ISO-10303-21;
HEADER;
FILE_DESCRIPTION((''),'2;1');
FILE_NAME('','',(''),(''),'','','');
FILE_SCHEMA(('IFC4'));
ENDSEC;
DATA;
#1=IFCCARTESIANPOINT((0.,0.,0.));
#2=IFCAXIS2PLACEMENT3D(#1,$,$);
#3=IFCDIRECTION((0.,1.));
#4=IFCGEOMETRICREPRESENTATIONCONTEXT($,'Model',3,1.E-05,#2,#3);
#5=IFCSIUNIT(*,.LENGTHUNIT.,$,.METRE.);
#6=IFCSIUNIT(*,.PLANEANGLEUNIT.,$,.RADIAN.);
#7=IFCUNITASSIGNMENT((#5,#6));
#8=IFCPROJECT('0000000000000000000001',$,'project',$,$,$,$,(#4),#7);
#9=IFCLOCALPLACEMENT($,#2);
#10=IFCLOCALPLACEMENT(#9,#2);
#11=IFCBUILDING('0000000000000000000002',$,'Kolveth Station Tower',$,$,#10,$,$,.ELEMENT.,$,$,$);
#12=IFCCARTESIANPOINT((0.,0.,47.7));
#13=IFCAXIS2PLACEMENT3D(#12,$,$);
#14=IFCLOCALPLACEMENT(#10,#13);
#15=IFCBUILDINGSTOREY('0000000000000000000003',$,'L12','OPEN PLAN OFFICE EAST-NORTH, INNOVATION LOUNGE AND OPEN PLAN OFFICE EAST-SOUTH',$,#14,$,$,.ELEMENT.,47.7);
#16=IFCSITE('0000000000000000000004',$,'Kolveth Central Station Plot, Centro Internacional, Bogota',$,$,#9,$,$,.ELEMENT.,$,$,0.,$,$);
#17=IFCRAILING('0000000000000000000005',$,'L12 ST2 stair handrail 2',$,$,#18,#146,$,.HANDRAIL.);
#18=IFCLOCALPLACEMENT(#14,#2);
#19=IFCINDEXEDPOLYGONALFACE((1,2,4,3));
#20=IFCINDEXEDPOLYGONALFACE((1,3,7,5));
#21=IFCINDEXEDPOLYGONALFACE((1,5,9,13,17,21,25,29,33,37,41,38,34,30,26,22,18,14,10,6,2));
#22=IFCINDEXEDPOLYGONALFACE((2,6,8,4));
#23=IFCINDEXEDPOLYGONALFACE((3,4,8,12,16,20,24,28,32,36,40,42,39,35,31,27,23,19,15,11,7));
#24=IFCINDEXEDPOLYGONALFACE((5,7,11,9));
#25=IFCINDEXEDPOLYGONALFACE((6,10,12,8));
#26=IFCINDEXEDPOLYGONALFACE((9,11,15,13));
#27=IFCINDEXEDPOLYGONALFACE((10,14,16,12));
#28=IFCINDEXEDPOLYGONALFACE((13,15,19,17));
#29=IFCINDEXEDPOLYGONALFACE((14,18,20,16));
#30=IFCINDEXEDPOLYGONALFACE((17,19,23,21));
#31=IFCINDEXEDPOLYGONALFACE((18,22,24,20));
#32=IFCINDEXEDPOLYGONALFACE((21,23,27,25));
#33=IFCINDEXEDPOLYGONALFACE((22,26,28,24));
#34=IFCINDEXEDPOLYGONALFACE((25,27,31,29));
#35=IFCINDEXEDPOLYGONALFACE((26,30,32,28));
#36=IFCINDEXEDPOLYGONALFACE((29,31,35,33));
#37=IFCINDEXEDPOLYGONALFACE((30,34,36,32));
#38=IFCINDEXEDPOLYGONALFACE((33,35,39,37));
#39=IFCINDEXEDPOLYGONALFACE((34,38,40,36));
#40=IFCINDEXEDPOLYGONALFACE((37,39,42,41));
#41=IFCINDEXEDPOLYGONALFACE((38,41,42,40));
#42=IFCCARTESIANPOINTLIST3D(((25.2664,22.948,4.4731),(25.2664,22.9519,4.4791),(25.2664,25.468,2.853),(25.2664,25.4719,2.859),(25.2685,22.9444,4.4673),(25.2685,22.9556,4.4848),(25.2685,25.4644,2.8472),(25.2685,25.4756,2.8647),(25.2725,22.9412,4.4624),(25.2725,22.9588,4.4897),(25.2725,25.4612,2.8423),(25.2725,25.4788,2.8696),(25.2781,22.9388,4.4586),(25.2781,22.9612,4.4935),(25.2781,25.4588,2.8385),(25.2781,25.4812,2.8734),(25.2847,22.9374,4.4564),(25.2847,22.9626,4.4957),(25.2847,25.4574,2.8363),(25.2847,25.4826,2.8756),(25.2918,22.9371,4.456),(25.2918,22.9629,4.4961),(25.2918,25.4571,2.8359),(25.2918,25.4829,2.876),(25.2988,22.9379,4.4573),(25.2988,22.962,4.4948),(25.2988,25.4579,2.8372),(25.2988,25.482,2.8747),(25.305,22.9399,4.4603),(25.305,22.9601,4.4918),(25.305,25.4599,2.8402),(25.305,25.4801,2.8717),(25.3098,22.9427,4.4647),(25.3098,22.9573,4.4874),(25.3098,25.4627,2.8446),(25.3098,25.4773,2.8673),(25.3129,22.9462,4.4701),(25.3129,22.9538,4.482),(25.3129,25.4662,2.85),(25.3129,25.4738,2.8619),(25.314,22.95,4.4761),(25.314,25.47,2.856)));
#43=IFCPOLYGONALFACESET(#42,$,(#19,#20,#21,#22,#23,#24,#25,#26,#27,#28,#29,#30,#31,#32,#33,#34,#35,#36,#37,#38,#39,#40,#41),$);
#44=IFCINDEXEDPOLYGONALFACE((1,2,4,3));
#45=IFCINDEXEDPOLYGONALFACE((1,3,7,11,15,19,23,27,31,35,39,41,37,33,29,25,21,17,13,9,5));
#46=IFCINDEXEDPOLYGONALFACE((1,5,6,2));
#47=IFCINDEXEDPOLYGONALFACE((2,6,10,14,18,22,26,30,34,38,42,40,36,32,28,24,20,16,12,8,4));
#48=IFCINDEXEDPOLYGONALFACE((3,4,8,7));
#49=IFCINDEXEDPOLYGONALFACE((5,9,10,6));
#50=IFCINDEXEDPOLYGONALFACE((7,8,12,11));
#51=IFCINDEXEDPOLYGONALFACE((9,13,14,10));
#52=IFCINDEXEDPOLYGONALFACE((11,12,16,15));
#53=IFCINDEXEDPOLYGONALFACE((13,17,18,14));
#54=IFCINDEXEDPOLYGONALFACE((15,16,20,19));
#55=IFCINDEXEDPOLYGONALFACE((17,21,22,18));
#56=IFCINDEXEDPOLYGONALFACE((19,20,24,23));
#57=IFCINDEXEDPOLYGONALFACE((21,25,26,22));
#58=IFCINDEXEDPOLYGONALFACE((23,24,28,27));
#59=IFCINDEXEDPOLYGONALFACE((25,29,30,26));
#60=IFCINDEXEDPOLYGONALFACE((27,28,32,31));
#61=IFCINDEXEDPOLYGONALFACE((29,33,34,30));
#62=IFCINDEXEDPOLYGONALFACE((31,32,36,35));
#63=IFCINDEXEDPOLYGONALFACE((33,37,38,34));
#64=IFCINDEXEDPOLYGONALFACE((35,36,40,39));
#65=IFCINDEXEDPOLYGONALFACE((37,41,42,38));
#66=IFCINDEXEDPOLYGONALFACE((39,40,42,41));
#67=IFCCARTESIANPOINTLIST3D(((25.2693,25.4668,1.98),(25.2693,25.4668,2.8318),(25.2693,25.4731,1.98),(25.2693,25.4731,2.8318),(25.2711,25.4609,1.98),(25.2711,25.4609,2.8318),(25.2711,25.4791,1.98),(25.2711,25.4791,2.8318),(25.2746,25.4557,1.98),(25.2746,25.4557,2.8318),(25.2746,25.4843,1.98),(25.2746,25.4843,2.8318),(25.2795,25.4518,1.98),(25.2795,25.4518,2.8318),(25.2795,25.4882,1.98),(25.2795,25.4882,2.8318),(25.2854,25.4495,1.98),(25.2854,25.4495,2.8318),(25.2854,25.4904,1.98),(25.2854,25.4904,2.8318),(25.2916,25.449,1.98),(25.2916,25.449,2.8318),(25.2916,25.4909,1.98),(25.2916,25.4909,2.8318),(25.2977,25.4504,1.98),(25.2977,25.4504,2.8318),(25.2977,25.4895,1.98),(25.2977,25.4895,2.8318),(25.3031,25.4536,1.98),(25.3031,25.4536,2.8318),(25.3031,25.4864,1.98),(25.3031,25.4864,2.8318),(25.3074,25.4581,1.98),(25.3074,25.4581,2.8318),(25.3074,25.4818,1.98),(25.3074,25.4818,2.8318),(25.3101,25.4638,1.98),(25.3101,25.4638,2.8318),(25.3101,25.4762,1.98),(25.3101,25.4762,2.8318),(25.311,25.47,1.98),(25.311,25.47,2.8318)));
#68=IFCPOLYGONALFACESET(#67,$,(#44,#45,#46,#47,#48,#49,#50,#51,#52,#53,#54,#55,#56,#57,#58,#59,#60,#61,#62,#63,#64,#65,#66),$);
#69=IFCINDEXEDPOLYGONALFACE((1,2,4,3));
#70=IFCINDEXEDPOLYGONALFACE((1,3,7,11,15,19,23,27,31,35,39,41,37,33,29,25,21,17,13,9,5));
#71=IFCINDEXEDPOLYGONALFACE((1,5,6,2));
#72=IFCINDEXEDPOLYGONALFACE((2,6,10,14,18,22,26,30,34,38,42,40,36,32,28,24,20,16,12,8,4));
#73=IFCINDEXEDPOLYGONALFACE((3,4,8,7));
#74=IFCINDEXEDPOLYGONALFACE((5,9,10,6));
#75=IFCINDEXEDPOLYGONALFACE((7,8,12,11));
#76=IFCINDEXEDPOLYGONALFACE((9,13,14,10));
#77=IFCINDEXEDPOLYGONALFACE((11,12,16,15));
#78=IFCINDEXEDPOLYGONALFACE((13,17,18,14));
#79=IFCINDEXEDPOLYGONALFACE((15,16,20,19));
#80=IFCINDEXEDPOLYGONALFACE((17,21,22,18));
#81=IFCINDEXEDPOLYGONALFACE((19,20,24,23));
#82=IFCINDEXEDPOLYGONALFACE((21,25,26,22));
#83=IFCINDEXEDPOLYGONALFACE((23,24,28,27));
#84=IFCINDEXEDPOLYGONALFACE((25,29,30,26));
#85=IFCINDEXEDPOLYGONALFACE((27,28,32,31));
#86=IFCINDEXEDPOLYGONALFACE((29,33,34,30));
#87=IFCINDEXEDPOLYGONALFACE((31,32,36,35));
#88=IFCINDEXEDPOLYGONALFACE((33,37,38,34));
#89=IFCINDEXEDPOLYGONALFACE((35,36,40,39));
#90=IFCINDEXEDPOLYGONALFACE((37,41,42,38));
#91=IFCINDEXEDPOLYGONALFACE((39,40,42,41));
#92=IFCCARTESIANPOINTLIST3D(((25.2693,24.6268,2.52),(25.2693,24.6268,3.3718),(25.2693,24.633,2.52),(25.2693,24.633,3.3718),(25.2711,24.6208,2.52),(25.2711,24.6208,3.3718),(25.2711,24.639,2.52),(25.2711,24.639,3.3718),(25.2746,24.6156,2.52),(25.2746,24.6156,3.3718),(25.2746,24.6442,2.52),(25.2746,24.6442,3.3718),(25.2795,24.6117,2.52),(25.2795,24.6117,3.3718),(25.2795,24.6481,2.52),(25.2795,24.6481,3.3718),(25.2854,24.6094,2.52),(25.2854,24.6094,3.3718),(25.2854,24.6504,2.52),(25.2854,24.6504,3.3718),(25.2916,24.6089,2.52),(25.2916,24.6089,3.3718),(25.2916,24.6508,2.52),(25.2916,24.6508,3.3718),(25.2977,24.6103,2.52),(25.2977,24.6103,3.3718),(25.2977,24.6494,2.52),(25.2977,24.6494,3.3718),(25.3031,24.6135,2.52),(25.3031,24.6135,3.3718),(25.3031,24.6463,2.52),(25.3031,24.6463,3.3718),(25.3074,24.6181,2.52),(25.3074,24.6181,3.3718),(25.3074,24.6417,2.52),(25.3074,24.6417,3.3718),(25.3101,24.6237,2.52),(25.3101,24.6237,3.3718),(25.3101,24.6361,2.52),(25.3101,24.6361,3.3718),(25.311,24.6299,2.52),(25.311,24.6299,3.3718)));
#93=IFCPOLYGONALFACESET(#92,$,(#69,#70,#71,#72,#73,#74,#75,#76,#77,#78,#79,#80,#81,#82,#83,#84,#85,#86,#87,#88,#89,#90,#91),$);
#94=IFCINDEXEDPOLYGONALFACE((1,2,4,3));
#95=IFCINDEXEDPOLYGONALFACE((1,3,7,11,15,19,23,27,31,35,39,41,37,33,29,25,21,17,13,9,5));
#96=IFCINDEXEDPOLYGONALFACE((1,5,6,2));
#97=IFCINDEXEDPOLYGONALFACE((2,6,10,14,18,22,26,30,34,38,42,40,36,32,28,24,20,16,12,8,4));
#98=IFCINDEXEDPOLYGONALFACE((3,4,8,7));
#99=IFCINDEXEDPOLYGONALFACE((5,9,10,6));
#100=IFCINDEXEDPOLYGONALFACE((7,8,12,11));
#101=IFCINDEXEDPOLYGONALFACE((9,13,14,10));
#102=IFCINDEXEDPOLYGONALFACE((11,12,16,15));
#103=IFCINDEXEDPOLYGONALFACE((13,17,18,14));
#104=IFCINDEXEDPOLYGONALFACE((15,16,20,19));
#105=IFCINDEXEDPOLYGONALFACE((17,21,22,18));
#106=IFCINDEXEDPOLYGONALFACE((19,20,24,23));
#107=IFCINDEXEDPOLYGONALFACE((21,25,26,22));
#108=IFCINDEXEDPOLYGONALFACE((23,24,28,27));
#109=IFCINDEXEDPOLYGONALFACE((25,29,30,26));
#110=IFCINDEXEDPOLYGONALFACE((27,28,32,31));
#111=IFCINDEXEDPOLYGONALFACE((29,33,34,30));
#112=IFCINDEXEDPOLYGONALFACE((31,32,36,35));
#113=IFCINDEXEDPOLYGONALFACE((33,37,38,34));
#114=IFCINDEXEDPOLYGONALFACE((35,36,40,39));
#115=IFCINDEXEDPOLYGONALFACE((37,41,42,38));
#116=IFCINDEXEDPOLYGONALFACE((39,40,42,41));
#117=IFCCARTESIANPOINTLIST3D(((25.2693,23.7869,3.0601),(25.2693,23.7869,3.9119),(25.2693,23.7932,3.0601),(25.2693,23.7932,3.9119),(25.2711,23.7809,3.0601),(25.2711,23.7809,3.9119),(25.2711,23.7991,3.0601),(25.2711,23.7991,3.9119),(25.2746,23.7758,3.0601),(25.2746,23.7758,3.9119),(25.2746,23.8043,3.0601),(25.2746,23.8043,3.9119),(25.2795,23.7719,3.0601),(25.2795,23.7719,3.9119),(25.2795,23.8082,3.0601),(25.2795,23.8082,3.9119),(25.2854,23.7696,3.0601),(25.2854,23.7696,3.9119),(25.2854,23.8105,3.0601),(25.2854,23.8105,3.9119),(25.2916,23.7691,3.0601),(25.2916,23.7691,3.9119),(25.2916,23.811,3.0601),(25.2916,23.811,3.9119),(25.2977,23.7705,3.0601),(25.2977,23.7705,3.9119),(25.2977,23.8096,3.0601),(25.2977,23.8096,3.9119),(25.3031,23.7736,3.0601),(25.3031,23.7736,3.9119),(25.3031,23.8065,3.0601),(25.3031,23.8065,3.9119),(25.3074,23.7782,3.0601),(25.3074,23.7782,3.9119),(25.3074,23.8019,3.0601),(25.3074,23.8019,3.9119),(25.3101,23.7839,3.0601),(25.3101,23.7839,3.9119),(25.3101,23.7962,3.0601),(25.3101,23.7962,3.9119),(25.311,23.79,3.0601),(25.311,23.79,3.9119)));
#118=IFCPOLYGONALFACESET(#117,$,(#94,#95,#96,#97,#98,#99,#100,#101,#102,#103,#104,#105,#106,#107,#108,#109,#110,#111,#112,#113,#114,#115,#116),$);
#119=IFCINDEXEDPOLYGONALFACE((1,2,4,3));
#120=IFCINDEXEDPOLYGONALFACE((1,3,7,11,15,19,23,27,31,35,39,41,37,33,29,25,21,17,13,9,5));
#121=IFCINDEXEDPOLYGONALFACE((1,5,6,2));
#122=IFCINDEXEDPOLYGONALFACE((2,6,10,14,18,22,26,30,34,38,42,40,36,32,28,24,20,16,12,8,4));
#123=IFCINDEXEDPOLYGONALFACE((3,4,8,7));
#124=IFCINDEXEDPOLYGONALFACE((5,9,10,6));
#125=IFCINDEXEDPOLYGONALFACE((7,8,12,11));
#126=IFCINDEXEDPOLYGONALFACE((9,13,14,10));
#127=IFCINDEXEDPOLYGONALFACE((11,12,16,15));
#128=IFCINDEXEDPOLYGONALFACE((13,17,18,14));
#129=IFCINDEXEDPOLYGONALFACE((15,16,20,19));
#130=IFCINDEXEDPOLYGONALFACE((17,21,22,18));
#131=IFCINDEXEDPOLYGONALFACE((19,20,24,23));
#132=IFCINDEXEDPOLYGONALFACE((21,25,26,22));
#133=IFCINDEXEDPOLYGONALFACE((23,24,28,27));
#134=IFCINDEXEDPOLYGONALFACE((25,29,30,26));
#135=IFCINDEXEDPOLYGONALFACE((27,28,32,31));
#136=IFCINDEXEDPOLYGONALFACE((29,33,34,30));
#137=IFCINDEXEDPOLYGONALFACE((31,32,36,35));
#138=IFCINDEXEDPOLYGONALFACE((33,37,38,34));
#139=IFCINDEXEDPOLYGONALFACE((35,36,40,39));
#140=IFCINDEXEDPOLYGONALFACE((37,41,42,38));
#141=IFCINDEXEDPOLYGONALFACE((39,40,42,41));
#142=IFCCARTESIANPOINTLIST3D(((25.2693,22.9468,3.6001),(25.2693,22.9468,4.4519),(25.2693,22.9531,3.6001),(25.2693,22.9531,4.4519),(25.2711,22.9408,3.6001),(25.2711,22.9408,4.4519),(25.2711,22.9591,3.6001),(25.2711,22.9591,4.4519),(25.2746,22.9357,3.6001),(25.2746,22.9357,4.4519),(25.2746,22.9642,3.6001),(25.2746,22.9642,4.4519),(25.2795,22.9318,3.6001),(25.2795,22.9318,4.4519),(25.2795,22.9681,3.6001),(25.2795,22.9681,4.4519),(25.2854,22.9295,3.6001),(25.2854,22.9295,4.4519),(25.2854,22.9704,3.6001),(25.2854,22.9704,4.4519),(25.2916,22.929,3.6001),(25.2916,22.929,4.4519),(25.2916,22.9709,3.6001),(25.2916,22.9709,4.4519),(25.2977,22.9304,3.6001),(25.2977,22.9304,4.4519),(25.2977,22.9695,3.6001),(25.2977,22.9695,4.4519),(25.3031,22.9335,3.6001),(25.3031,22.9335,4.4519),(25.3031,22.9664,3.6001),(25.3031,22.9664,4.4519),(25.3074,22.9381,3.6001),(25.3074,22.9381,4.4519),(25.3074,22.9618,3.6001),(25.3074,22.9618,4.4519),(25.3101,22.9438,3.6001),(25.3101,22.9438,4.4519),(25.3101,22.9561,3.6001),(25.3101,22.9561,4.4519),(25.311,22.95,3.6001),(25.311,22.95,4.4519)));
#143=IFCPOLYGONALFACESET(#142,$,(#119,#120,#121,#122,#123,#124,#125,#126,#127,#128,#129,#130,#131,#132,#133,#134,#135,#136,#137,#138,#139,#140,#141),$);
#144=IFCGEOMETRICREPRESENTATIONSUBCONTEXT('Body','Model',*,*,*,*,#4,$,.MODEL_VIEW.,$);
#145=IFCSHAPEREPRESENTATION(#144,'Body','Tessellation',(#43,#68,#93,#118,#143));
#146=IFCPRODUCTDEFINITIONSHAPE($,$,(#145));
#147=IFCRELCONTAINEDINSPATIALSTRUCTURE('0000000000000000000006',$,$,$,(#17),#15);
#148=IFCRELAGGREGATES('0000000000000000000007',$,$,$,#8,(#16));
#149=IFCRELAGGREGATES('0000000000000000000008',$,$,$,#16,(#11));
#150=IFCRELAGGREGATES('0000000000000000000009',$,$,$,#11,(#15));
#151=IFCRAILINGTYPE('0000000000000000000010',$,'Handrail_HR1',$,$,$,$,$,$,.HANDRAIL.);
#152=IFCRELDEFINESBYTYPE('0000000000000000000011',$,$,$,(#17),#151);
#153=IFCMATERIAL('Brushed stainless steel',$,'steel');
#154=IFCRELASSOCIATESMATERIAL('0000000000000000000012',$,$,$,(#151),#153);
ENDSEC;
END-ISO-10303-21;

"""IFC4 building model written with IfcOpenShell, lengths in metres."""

from ifc_helpers import new_model, si_unit, direction, frame, origin, origin_2d, place, context, subcontext, project, spatial, circle, extrude, material, type_object, element, save


model = new_model("IFC4")

# Units and contexts
model_context = context("Model", 3, precision=1e-05, world=origin(), true_north=direction((0.0, 1.0)))
body_context = subcontext(model_context, "Body", "Model", "MODEL_VIEW")
ifc_project = project(units=[si_unit("LENGTHUNIT", "METRE"), si_unit("PLANEANGLEUNIT", "RADIAN")], contexts=[model_context])

# Site, building, storey
site_placement = place(None, origin())
site = spatial("IfcSite", under=ifc_project, at=site_placement, Name="Kolveth Central Station Plot, Centro Internacional, Bogota", CompositionType="ELEMENT", RefElevation=0.0)
building_placement = place(site_placement, origin())
building = spatial("IfcBuilding", under=site, at=building_placement, Name="Kolveth Station Tower", CompositionType="ELEMENT")
storey_placement = place(building_placement, frame((0.0, 0.0, 47.7)))
storey = spatial("IfcBuildingStorey", under=building, at=storey_placement, Name="L12", Description="OPEN PLAN OFFICE EAST-NORTH, INNOVATION LOUNGE AND OPEN PLAN OFFICE EAST-SOUTH", CompositionType="ELEMENT", Elevation=47.7)

# Railing
ifc_material_1 = material(Name="Brushed stainless steel", Category="steel")
railing_type_1 = type_object("IfcRailingType", Name="Handrail_HR1", PredefinedType="HANDRAIL", material=ifc_material_1)
railing_1_placement = place(storey_placement, frame((25.29, 25.47, 1.98)))
element("IfcRailing", 1, at=railing_1_placement, inside=storey, type_object=railing_type_1, Name="L12 ST2 stair handrail 2", PredefinedType="HANDRAIL", context=body_context, shape_type="SweptSolid", body=[
    extrude(circle(Radius=0.0239, at=origin_2d()), frame((0.0, 0.0, 0.876), z_axis=(0.0, -0.841163, 0.540782), x_axis=(1.0, 0.0, 0.0)), (0.0, 0.0, 1.0), 2.9958),
    extrude(circle(Radius=0.021, at=origin_2d()), origin(), (0.0, 0.0, 1.0), 0.8518),
    extrude(circle(Radius=0.021, at=origin_2d()), frame((0.0, -0.8401, 0.54)), (0.0, 0.0, 1.0), 0.8518),
    extrude(circle(Radius=0.021, at=origin_2d()), frame((0.0, -1.6799, 1.0801)), (0.0, 0.0, 1.0), 0.8518),
    extrude(circle(Radius=0.021, at=origin_2d()), frame((0.0, -2.52, 1.6201)), (0.0, 0.0, 1.0), 0.8518),
])

save(model, "model.ifc")
